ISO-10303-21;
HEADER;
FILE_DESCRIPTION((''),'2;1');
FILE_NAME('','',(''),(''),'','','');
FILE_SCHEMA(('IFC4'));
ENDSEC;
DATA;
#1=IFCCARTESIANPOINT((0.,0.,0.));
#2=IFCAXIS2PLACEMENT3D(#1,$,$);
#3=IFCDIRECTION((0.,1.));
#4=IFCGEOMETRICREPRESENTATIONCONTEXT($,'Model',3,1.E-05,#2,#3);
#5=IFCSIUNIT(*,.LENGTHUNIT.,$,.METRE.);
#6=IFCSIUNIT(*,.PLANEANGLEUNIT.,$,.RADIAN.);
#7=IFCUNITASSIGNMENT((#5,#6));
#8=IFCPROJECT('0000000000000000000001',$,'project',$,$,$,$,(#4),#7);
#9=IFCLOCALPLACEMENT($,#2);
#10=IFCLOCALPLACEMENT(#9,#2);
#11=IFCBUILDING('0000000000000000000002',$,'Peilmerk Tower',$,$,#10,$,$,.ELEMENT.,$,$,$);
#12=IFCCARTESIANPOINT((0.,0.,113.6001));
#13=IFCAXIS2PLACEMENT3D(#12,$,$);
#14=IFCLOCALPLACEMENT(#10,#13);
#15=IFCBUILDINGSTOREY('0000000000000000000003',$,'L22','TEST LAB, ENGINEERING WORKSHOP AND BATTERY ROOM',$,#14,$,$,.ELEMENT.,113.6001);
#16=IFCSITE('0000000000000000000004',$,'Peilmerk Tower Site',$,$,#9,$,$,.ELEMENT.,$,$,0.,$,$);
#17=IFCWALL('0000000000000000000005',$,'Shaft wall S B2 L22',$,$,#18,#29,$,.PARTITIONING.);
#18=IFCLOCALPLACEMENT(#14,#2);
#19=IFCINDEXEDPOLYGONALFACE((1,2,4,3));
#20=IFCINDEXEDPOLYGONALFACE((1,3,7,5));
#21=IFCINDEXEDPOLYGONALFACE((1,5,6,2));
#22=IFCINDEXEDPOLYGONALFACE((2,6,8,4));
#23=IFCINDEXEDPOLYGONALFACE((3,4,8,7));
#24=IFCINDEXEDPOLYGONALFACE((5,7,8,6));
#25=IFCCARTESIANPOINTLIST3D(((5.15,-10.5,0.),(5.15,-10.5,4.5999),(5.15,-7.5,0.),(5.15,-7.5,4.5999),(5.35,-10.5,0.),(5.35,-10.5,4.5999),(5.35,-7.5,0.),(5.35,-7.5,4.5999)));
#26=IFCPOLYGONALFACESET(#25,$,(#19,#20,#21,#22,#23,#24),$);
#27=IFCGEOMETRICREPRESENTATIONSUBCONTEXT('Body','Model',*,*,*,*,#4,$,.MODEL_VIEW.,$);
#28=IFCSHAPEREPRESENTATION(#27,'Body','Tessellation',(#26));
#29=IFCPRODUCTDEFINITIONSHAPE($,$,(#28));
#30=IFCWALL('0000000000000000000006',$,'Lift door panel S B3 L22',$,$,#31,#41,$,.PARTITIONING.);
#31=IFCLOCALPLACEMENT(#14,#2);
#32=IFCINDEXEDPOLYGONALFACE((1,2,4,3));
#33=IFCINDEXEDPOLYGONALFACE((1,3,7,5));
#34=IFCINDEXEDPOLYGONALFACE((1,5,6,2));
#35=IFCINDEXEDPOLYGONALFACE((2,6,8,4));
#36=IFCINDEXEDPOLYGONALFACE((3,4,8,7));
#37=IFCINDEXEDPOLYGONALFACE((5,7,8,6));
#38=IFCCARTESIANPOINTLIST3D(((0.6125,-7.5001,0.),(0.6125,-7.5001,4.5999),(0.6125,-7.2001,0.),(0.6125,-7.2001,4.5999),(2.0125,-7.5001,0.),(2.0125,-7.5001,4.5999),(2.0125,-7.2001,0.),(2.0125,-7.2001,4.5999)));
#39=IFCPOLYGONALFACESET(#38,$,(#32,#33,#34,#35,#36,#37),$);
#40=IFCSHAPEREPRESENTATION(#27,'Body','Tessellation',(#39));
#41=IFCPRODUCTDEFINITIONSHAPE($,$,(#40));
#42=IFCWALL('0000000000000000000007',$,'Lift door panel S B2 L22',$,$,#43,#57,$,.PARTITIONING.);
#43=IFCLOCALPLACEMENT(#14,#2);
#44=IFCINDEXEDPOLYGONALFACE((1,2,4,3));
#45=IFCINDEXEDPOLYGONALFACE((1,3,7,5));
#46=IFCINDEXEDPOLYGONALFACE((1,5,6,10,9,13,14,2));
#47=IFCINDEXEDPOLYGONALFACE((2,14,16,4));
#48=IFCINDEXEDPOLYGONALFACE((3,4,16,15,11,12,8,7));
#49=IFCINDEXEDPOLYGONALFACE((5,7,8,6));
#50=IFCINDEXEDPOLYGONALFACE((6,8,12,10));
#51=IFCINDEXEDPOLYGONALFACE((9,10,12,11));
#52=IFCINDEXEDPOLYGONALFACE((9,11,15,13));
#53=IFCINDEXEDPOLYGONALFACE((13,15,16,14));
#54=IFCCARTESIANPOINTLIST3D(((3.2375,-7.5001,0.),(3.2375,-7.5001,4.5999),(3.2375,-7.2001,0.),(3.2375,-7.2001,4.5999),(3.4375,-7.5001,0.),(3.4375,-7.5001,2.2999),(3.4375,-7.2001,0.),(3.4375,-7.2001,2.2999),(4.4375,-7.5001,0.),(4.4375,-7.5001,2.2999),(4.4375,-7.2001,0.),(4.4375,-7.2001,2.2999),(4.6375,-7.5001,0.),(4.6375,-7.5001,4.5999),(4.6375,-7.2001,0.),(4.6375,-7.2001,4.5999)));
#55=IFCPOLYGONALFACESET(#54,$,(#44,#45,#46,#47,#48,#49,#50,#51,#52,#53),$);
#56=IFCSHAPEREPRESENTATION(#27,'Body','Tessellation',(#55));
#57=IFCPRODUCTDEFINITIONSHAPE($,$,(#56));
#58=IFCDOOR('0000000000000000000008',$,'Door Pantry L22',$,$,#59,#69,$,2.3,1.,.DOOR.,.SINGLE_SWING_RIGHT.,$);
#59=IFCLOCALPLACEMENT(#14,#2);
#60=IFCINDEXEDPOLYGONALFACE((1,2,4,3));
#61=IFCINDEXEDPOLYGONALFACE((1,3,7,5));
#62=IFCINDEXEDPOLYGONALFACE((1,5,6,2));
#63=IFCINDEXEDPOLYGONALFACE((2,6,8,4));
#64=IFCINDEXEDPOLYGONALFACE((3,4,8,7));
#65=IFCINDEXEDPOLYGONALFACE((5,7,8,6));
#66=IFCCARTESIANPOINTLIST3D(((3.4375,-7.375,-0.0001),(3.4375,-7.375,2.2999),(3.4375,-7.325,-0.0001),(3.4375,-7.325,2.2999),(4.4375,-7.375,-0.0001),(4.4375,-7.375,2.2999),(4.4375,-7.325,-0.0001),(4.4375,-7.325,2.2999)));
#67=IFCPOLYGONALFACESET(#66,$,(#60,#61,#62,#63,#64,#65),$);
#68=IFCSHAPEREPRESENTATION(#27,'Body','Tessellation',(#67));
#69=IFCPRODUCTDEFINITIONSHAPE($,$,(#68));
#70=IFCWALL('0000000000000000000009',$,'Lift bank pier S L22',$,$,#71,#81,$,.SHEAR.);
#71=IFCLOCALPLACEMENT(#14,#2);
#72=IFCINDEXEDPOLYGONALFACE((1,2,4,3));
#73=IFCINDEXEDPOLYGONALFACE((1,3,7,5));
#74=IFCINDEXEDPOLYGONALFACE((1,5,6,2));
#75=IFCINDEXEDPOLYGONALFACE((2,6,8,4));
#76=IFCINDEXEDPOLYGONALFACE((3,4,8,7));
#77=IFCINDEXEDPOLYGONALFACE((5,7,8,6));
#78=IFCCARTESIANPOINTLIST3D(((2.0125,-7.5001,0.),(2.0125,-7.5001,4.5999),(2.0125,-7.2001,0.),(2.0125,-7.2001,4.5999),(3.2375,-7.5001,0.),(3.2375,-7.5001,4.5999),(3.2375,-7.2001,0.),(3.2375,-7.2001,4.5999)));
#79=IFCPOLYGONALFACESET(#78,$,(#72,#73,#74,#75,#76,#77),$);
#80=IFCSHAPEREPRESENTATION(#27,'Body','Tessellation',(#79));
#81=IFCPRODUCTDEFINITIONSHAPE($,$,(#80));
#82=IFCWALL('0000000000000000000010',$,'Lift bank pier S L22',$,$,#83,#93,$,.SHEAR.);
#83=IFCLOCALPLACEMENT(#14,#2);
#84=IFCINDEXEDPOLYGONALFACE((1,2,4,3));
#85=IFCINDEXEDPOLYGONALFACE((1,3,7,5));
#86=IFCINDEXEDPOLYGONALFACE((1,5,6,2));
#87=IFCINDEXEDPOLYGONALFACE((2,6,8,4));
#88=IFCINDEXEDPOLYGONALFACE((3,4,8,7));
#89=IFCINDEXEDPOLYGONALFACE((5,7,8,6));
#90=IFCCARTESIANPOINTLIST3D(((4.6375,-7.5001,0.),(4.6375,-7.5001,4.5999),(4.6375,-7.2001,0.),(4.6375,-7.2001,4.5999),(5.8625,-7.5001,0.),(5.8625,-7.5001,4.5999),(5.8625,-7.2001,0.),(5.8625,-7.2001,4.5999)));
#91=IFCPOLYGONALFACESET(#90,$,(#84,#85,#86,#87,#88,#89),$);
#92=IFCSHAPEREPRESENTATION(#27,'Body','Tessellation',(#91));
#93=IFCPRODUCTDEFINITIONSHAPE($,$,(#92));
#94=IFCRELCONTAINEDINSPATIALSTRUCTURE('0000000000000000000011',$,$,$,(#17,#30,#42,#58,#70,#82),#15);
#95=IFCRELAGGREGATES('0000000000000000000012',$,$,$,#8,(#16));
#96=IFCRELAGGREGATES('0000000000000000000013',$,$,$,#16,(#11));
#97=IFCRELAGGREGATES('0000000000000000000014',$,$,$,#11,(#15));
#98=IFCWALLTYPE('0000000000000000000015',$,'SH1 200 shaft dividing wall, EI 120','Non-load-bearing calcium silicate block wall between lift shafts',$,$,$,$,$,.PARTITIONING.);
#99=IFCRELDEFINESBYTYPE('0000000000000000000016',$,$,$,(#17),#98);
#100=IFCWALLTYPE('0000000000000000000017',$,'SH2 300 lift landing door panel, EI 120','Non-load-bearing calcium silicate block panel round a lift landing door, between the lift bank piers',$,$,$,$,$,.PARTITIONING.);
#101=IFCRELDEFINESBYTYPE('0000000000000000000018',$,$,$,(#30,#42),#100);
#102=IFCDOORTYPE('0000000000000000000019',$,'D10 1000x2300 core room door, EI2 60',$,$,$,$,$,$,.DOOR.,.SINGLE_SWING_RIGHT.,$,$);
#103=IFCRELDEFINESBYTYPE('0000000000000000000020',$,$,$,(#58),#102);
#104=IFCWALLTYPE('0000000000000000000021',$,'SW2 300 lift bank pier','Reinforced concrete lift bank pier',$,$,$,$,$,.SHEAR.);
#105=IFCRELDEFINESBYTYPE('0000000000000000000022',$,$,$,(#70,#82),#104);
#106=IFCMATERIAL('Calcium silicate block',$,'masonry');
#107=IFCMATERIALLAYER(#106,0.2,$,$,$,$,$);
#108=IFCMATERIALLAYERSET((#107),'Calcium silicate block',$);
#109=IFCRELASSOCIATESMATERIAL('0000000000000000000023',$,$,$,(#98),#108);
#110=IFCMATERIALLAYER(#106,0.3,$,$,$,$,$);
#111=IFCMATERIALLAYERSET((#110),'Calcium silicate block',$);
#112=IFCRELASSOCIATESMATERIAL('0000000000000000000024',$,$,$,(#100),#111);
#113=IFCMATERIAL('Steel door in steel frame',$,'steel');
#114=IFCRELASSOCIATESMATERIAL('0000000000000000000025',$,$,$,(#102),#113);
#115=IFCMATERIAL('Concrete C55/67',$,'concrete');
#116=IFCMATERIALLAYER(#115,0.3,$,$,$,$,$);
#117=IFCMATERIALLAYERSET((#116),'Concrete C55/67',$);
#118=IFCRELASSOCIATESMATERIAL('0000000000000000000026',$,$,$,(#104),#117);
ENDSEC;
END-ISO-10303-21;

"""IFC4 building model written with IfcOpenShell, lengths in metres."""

from ifc_helpers import new_model, si_unit, direction, frame, frame_2d, origin, place, context, subcontext, project, spatial, rectangle, extrude, material, layer, layer_set, type_object, element, fill, save


model = new_model("IFC4")

# Units and contexts
model_context = context("Model", 3, precision=1e-05, world=origin(), true_north=direction((0.0, 1.0)))
body_context = subcontext(model_context, "Body", "Model", "MODEL_VIEW")
ifc_project = project(units=[si_unit("LENGTHUNIT", "METRE"), si_unit("PLANEANGLEUNIT", "RADIAN")], contexts=[model_context])

# Site, building, storey
site_placement = place(None, origin())
site = spatial("IfcSite", under=ifc_project, at=site_placement, Name="Peilmerk Tower Site", CompositionType="ELEMENT", RefElevation=0.0)
building_placement = place(site_placement, origin())
building = spatial("IfcBuilding", under=site, at=building_placement, Name="Peilmerk Tower", CompositionType="ELEMENT")
storey_placement = place(building_placement, frame((0.0, 0.0, 113.6001)))
storey = spatial("IfcBuildingStorey", under=building, at=storey_placement, Name="L22", Description="TEST LAB, ENGINEERING WORKSHOP AND BATTERY ROOM", CompositionType="ELEMENT", Elevation=113.6001)

# Shared definitions
ifc_material_1 = material(Name="Steel door in steel frame", Category="steel")

# Walls
ifc_material_2 = material(Name="Calcium silicate block", Category="masonry")
ifc_layer_1 = layer(ifc_material_2, 0.2)
ifc_layer_set_1 = layer_set([ifc_layer_1], Name="Calcium silicate block")
wall_type_1 = type_object("IfcWallType", Name="SH1 200 shaft dividing wall, EI 120", Description="Non-load-bearing calcium silicate block wall between lift shafts", PredefinedType="PARTITIONING", material=ifc_layer_set_1)
wall_1_placement = place(storey_placement, frame((5.25, -10.5, 0.0), z_axis=(0.0, 0.0, 1.0), x_axis=(0.0, 1.0, 0.0)))
element("IfcWall", 1, at=wall_1_placement, inside=storey, type_object=wall_type_1, Name="Shaft wall S B2 L22", PredefinedType="PARTITIONING", context=body_context, shape_type="SweptSolid", body=[
    extrude(rectangle(XDim=3.0, YDim=0.2, at=frame_2d((1.5, 0.0))), origin(), (0.0, 0.0, 1.0), 4.5999),
])
ifc_layer_2 = layer(ifc_material_2, 0.3)
ifc_layer_set_2 = layer_set([ifc_layer_2], Name="Calcium silicate block")
wall_type_2 = type_object("IfcWallType", Name="SH2 300 lift landing door panel, EI 120", Description="Non-load-bearing calcium silicate block panel round a lift landing door, between the lift bank piers", PredefinedType="PARTITIONING", material=ifc_layer_set_2)
wall_2_placement = place(storey_placement, frame((0.6125, -7.3501, 0.0), z_axis=(0.0, 0.0, 1.0), x_axis=(1.0, 0.0, 0.0)))
element("IfcWall", 2, at=wall_2_placement, inside=storey, type_object=wall_type_2, Name="Lift door panel S B3 L22", PredefinedType="PARTITIONING", context=body_context, shape_type="SweptSolid", body=[
    extrude(rectangle(XDim=1.3999, YDim=0.3, at=frame_2d((0.7, 0.0))), origin(), (0.0, 0.0, 1.0), 4.5999),
])

# Wall, opening, door
wall_3_placement = place(storey_placement, frame((3.2375, -7.3501, 0.0), z_axis=(0.0, 0.0, 1.0), x_axis=(1.0, 0.0, 0.0)))
wall_3 = element("IfcWall", 3, at=wall_3_placement, inside=storey, type_object=wall_type_2, Name="Lift door panel S B2 L22", PredefinedType="PARTITIONING", context=body_context, shape_type="SweptSolid", body=[
    extrude(rectangle(XDim=1.3999, YDim=0.3, at=frame_2d((0.7, 0.0))), origin(), (0.0, 0.0, 1.0), 4.5999),
])
opening_1_placement = place(wall_3_placement, frame((0.2, 0.0, 0.0)))
opening_1 = element("IfcOpeningElement", 4, at=opening_1_placement, cuts=wall_3, PredefinedType="OPENING", context=body_context, shape_type="SweptSolid", body=[
    extrude(rectangle(XDim=1.0, YDim=2.3, at=frame_2d((0.5, 1.1499))), frame((0.0, 0.1599, 0.0), z_axis=(0.0, -1.0, 0.0), x_axis=(1.0, 0.0, 0.0)), (0.0, 0.0, 1.0), 0.3201),
])
door_type_1 = type_object("IfcDoorType", Name="D10 1000x2300 core room door, EI2 60", OperationType="SINGLE_SWING_RIGHT", PredefinedType="DOOR", material=ifc_material_1)
door_1_placement = place(opening_1_placement, frame((1.0, 0.0, 0.0), z_axis=(0.0, 0.0, 1.0), x_axis=(-1.0, 0.0, 0.0)))
door_1 = element("IfcDoor", 5, at=door_1_placement, inside=storey, type_object=door_type_1, Name="Door Pantry L22", OperationType="SINGLE_SWING_RIGHT", OverallHeight=2.3, OverallWidth=1.0, PredefinedType="DOOR", context=body_context, shape_type="SweptSolid", body=[
    extrude(rectangle(XDim=1.0, YDim=2.3, at=frame_2d((0.5, 1.1499))), frame((0.0, 0.0249, 0.0), z_axis=(0.0, -1.0, 0.0), x_axis=(1.0, 0.0, 0.0)), (0.0, 0.0, 1.0), 0.05),
])
fill(opening_1, door_1)

# Walls
ifc_material_3 = material(Name="Concrete C55/67", Category="concrete")
ifc_layer_3 = layer(ifc_material_3, 0.3)
ifc_layer_set_3 = layer_set([ifc_layer_3], Name="Concrete C55/67")
wall_type_3 = type_object("IfcWallType", Name="SW2 300 lift bank pier", Description="Reinforced concrete lift bank pier", PredefinedType="SHEAR", material=ifc_layer_set_3)
for number, where, z_axis, x_axis, name in (
    (6, (2.0125, -7.3501, 0.0), (0.0, 0.0, 1.0), (1.0, 0.0, 0.0), "Lift bank pier S L22"),
    (7, (4.6375, -7.3501, 0.0), (0.0, 0.0, 1.0), (1.0, 0.0, 0.0), "Lift bank pier S L22"),
):
    element("IfcWall", number, at=place(storey_placement, frame(where, z_axis=z_axis, x_axis=x_axis)), inside=storey, type_object=wall_type_3, Name=name, PredefinedType="SHEAR", context=body_context, shape_type="SweptSolid", body=[
        extrude(rectangle(XDim=1.2251, YDim=0.3, at=frame_2d((0.6125, 0.0))), origin(), (0.0, 0.0, 1.0), 4.5999),
    ])

save(model, "model.ifc")
